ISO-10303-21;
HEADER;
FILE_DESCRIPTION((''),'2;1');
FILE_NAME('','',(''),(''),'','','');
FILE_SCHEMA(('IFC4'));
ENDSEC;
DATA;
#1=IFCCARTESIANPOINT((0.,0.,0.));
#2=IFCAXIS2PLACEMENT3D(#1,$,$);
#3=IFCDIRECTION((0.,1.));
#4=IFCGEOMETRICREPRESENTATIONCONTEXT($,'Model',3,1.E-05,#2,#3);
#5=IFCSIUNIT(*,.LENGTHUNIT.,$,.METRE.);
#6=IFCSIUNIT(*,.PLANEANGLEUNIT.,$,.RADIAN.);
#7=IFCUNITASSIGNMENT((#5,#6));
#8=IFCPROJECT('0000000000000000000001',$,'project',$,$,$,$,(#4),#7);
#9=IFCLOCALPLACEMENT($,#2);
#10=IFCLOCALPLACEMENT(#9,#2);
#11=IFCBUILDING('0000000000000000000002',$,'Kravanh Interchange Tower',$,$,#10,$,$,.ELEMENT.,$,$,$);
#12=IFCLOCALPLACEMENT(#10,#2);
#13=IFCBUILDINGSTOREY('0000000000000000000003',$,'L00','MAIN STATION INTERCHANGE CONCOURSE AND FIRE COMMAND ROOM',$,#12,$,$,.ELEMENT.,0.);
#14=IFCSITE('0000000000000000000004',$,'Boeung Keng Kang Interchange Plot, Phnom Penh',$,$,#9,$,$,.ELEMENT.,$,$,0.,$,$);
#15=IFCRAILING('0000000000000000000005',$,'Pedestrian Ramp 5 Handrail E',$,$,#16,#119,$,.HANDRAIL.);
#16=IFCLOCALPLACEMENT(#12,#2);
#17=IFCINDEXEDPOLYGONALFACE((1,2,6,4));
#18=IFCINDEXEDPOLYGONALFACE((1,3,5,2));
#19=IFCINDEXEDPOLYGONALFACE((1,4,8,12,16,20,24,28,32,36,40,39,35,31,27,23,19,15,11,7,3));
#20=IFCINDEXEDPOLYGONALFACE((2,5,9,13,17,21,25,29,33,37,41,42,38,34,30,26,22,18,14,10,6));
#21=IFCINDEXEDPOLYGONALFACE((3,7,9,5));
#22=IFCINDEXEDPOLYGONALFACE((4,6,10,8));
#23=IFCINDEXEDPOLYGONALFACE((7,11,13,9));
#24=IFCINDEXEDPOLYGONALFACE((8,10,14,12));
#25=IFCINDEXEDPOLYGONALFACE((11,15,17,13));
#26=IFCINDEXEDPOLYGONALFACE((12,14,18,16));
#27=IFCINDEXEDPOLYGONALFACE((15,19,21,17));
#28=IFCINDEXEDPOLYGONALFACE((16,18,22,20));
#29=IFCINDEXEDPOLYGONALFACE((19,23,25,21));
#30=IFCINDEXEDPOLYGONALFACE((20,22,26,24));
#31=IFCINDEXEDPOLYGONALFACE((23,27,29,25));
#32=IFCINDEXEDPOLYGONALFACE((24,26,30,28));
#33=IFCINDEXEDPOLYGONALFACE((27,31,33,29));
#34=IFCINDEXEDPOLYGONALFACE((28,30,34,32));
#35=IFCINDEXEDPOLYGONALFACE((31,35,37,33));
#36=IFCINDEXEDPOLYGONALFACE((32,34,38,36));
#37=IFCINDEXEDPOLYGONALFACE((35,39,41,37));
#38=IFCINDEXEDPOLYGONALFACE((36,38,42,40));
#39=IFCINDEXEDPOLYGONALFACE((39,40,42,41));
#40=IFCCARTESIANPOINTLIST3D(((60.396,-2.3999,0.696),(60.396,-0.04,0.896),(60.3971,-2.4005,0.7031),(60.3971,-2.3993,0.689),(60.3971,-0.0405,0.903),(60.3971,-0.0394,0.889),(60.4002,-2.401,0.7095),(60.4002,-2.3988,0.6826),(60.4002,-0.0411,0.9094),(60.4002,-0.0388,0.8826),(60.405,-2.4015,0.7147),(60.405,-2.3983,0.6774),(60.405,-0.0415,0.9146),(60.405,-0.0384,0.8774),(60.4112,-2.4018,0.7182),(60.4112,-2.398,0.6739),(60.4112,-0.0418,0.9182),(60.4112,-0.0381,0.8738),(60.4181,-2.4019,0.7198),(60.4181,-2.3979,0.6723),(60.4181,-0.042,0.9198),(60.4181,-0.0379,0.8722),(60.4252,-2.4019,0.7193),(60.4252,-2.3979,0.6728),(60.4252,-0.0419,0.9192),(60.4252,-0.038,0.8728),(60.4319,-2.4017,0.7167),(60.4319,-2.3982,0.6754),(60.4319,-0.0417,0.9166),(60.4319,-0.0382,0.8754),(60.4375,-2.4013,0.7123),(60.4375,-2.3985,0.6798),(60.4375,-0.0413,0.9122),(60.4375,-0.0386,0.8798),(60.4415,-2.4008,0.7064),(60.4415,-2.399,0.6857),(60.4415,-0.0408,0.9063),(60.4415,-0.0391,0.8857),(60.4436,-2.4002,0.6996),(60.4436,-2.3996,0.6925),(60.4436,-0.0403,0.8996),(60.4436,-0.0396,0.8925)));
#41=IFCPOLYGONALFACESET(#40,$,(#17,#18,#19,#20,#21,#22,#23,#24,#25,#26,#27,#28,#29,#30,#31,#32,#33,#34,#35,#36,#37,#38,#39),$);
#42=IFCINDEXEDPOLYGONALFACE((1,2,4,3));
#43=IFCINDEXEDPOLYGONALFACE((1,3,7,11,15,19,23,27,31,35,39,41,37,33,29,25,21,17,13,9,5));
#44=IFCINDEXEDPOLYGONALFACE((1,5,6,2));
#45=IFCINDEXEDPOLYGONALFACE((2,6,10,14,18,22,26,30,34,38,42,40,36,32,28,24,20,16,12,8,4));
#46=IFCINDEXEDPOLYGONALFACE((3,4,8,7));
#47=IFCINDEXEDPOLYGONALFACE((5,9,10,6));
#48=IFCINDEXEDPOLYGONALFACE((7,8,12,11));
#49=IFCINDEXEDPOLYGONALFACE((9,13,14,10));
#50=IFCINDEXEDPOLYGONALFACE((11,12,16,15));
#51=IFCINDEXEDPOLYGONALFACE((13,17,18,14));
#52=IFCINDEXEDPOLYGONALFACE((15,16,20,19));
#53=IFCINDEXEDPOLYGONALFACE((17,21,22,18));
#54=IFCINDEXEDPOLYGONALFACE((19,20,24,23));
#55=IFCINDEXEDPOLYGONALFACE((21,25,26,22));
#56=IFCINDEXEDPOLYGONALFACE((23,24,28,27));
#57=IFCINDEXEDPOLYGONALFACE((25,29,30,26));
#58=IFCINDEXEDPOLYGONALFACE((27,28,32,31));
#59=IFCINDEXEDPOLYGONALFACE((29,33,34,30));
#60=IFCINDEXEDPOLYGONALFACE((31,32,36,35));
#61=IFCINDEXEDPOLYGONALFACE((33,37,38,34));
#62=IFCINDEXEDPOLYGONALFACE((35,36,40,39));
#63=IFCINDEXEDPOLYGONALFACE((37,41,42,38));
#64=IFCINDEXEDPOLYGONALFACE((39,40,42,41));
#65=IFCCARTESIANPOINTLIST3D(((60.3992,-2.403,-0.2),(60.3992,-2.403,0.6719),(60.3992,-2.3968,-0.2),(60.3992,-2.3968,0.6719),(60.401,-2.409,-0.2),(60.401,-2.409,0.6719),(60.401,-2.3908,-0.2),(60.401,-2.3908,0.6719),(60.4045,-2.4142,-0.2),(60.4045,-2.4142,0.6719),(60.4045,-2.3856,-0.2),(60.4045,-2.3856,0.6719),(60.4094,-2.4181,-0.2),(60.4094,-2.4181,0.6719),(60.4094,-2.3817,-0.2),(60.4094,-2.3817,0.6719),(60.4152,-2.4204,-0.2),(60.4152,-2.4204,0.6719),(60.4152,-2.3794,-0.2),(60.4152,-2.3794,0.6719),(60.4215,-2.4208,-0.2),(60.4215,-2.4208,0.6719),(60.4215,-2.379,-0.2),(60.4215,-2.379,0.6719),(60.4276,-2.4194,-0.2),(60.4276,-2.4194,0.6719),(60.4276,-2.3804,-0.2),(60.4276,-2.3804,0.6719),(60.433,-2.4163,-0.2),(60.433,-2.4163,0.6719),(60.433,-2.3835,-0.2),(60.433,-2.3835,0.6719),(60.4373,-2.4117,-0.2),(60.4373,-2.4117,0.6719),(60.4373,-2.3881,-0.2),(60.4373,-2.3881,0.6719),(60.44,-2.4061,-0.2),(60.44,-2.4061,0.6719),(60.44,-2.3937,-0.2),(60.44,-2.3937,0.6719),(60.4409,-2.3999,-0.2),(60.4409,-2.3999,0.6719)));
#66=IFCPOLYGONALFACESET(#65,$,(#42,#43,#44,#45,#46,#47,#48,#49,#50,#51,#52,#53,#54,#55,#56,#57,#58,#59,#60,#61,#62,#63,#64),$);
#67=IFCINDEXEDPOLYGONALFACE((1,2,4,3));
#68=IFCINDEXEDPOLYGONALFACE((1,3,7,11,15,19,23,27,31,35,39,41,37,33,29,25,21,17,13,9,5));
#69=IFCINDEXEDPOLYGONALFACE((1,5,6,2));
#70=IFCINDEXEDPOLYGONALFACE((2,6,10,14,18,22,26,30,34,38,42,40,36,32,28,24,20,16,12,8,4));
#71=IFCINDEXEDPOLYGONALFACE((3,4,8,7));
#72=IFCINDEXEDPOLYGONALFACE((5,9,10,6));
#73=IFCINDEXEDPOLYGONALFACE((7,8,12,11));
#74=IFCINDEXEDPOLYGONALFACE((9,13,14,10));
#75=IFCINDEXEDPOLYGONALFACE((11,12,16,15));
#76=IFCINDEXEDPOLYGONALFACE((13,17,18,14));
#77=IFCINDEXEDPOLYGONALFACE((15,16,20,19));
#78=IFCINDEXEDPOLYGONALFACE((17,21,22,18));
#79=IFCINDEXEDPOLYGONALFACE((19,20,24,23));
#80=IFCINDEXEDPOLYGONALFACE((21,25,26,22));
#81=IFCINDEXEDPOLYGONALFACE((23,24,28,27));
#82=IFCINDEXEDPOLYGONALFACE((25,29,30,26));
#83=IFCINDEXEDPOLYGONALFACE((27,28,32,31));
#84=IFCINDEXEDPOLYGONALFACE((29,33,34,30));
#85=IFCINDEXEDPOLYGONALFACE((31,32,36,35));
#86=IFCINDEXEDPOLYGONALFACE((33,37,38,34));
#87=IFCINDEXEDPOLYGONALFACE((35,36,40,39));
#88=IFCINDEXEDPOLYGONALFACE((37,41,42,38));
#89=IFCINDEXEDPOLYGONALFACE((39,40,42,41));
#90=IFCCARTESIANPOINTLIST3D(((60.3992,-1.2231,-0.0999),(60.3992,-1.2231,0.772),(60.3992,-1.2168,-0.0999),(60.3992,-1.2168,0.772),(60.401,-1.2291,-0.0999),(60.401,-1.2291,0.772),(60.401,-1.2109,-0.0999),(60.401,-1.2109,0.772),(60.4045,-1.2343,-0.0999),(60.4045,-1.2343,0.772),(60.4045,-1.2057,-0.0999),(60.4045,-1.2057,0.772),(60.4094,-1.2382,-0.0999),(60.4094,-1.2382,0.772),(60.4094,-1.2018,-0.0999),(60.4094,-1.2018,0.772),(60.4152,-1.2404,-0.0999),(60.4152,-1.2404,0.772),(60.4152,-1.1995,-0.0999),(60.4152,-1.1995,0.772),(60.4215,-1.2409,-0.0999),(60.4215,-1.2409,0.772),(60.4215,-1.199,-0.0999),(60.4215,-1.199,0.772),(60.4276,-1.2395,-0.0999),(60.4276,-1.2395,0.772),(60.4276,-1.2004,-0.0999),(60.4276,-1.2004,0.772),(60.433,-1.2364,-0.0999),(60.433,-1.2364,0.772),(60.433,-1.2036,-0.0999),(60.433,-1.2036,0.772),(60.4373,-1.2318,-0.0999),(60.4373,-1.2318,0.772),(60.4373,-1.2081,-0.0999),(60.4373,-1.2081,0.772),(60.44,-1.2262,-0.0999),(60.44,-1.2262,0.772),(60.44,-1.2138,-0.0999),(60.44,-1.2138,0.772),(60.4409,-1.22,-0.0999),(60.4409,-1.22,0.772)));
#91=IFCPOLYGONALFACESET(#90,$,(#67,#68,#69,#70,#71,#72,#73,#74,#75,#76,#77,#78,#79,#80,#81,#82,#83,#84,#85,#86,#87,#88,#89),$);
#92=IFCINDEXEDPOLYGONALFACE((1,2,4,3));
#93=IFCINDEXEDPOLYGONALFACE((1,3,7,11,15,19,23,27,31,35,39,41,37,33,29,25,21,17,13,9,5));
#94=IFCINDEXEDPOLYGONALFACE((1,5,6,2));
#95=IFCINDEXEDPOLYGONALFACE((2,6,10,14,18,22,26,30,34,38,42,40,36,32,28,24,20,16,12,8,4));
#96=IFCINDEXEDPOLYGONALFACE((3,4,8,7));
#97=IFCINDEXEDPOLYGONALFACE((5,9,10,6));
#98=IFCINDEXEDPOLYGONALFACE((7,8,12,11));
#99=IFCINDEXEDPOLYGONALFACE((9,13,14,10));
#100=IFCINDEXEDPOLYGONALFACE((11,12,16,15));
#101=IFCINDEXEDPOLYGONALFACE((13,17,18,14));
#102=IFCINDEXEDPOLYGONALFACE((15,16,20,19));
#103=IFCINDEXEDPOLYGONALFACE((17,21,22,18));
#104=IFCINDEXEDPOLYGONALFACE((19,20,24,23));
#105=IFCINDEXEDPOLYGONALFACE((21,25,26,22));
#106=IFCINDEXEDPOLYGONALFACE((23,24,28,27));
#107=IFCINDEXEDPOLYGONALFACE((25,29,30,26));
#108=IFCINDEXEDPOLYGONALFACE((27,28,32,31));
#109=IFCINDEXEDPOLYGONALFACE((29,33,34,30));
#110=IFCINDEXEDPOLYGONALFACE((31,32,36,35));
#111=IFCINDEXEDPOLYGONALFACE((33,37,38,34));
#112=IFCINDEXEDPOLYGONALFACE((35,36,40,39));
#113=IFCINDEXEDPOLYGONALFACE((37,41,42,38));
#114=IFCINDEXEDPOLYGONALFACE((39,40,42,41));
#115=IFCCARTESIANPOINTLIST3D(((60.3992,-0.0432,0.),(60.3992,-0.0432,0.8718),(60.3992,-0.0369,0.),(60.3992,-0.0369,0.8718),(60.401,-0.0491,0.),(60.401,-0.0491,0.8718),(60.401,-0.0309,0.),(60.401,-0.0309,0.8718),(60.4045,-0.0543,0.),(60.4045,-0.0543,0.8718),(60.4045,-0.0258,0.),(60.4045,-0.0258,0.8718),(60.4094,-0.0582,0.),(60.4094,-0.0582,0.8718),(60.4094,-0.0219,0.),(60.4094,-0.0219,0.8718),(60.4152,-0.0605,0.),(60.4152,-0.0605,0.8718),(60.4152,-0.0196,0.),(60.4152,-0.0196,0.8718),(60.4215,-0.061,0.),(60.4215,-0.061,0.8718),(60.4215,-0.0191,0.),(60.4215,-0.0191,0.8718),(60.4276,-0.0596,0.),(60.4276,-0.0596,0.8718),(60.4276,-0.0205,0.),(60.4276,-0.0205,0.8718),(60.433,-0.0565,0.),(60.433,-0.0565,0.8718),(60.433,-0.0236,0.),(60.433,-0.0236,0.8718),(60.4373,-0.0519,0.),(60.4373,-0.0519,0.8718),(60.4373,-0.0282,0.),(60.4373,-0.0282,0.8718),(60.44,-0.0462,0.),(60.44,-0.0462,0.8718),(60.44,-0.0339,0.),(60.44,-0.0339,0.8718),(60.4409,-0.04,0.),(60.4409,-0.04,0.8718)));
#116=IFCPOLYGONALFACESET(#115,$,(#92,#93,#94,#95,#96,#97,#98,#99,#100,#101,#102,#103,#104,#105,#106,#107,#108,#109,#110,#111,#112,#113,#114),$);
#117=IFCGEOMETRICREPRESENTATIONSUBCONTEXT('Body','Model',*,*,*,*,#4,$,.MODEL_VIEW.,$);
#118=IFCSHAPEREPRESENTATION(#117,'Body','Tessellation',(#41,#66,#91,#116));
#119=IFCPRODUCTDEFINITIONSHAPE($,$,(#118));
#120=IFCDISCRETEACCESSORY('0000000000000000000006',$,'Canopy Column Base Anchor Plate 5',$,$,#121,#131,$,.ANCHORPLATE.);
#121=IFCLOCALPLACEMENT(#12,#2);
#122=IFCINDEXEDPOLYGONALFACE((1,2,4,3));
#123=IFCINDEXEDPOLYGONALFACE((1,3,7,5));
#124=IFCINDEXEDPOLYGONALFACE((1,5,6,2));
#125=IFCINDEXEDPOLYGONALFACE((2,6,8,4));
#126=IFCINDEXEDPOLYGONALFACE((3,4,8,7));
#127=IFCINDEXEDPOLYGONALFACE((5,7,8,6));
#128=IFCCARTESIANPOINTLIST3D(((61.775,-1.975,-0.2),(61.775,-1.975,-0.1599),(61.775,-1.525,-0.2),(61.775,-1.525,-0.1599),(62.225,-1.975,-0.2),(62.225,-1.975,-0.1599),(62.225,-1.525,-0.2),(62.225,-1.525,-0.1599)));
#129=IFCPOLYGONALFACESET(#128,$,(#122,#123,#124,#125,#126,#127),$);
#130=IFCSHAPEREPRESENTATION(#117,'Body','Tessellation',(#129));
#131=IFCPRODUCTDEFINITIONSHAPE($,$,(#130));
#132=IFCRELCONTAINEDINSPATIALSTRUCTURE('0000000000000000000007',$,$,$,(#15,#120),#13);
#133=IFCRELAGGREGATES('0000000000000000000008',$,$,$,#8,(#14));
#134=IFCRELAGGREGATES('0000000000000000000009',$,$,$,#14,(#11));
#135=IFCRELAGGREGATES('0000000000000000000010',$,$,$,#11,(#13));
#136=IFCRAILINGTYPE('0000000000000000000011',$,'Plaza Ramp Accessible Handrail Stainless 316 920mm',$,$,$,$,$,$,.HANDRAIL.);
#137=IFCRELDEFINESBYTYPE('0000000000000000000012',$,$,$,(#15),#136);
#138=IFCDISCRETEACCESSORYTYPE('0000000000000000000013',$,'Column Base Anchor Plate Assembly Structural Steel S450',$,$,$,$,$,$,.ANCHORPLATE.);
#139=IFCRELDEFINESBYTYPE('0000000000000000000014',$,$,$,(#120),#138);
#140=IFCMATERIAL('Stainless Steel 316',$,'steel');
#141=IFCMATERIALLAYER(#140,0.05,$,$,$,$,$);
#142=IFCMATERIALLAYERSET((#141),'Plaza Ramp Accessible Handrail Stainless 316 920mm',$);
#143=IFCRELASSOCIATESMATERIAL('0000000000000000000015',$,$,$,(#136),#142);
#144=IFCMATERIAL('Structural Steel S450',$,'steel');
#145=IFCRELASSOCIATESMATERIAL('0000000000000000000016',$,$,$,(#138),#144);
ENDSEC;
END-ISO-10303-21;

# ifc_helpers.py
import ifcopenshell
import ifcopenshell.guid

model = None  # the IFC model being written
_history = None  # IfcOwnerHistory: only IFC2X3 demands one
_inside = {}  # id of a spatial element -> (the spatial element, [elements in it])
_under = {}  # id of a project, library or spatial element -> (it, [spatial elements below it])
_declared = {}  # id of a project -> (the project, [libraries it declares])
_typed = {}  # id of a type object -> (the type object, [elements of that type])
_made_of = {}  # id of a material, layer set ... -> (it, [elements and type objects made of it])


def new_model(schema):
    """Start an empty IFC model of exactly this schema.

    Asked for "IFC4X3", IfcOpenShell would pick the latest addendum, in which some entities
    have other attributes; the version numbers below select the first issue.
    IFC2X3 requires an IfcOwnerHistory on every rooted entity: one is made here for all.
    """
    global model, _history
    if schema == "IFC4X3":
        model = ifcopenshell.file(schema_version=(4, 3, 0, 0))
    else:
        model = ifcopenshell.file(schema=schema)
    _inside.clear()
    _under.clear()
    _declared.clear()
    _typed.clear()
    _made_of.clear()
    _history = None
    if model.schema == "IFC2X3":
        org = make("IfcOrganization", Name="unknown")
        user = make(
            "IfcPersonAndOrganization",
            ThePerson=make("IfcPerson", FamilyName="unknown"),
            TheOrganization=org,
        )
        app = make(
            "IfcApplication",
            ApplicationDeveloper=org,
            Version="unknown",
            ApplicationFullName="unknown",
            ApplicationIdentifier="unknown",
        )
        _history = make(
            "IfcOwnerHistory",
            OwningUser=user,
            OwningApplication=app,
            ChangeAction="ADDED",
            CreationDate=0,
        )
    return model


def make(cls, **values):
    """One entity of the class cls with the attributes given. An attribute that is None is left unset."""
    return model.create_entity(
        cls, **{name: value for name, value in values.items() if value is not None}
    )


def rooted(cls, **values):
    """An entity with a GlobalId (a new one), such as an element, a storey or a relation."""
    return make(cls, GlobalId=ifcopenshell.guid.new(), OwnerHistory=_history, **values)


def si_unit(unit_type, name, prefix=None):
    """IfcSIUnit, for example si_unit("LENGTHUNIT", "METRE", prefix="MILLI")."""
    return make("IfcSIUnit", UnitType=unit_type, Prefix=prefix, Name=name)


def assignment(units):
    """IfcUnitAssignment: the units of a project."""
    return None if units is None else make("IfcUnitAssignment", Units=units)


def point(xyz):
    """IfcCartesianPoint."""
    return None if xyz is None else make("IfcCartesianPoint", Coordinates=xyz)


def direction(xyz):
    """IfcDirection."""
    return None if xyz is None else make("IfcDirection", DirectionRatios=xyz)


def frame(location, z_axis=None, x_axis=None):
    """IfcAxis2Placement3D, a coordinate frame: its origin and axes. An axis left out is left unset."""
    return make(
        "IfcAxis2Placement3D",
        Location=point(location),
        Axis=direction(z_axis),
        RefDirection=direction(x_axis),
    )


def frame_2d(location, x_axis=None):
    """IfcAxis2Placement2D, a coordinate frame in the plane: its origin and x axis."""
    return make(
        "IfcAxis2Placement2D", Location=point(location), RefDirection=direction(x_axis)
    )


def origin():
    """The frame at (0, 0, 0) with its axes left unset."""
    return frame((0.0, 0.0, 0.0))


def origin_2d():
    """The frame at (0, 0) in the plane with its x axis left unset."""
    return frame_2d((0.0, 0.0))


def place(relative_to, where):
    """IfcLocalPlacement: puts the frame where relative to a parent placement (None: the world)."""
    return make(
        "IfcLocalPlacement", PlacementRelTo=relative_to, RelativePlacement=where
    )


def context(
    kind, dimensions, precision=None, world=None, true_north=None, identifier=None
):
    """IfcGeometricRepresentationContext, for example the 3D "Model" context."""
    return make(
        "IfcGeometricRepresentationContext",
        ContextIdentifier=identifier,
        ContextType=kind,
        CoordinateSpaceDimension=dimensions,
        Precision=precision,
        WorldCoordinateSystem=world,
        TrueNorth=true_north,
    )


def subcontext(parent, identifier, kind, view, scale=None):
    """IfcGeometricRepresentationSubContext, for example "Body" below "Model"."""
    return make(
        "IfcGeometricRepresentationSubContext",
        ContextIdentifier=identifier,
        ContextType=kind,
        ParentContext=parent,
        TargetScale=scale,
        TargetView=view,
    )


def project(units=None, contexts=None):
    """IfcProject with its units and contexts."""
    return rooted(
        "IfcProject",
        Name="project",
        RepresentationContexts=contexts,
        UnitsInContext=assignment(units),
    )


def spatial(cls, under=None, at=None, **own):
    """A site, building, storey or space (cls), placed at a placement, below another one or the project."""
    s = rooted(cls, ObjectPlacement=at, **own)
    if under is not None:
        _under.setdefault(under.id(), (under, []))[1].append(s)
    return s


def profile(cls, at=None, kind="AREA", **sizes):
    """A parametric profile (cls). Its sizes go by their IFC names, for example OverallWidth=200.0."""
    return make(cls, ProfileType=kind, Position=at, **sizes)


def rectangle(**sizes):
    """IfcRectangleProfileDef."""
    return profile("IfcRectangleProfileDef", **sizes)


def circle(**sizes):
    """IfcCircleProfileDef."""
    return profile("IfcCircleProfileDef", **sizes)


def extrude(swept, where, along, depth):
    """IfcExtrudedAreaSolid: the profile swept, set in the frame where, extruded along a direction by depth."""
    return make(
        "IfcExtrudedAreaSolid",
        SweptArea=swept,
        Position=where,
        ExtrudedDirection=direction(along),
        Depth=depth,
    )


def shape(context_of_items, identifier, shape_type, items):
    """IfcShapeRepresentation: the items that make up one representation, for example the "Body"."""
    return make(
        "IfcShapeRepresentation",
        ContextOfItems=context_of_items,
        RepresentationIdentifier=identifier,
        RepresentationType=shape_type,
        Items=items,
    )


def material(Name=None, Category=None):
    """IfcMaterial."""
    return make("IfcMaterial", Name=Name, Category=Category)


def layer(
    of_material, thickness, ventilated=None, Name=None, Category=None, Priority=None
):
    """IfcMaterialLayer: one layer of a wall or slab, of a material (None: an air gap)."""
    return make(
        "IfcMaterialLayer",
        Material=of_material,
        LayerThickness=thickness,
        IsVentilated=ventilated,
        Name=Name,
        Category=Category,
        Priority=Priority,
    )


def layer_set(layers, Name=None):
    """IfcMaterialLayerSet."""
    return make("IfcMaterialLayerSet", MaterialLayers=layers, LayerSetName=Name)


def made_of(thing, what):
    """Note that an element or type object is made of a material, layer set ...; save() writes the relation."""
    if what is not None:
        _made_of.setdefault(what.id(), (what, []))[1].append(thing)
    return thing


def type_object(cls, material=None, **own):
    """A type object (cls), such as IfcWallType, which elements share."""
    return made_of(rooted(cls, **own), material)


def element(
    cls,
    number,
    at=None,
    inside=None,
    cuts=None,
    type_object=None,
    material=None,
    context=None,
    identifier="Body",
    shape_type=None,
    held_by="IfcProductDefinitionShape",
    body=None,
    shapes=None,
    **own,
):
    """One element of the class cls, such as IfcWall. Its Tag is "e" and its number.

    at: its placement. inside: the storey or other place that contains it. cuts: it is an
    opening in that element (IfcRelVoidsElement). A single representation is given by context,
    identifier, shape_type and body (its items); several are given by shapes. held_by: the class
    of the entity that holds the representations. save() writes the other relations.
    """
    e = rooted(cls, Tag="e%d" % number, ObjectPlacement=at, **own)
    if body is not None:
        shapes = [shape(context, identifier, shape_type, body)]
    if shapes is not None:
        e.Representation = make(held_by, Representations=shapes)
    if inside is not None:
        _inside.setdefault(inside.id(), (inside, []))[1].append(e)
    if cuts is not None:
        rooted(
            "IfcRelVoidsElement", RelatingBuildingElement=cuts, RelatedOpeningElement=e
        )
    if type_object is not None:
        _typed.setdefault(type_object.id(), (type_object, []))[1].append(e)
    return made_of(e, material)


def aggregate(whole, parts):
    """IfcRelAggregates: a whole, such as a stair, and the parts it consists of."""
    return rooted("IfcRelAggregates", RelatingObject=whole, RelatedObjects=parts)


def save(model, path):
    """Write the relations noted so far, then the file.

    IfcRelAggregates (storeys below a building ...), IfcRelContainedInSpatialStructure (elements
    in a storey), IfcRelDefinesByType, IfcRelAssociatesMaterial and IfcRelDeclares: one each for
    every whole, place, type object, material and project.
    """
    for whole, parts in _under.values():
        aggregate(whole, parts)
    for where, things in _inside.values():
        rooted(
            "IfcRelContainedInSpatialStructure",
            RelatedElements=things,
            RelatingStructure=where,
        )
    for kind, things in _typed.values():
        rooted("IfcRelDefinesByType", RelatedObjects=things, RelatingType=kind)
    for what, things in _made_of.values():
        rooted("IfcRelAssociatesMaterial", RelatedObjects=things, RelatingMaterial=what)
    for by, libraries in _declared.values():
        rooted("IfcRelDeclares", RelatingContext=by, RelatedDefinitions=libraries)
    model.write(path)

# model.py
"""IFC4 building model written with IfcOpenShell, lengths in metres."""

from ifc_helpers import new_model, si_unit, direction, frame, origin, origin_2d, place, context, subcontext, project, spatial, rectangle, circle, extrude, material, layer, layer_set, type_object, element, save


model = new_model("IFC4")

# Units and contexts
model_context = context("Model", 3, precision=1e-05, world=origin(), true_north=direction((0.0, 1.0)))
body_context = subcontext(model_context, "Body", "Model", "MODEL_VIEW")
ifc_project = project(units=[si_unit("LENGTHUNIT", "METRE"), si_unit("PLANEANGLEUNIT", "RADIAN")], contexts=[model_context])

# Site, building, storey
site_placement = place(None, origin())
site = spatial("IfcSite", under=ifc_project, at=site_placement, Name="Boeung Keng Kang Interchange Plot, Phnom Penh", CompositionType="ELEMENT", RefElevation=0.0)
building_placement = place(site_placement, origin())
building = spatial("IfcBuilding", under=site, at=building_placement, Name="Kravanh Interchange Tower", CompositionType="ELEMENT")
storey_placement = place(building_placement, origin())
storey = spatial("IfcBuildingStorey", under=building, at=storey_placement, Name="L00", Description="MAIN STATION INTERCHANGE CONCOURSE AND FIRE COMMAND ROOM", CompositionType="ELEMENT", Elevation=0.0)

# Railing
ifc_material_1 = material(Name="Stainless Steel 316", Category="steel")
ifc_layer_1 = layer(ifc_material_1, 0.05)
ifc_layer_set_1 = layer_set([ifc_layer_1], Name="Plaza Ramp Accessible Handrail Stainless 316 920mm")
railing_type = type_object("IfcRailingType", Name="Plaza Ramp Accessible Handrail Stainless 316 920mm", PredefinedType="HANDRAIL", material=ifc_layer_set_1)
for number, where, name in (
    (1, (60.4199, -2.3999, -0.2), "Pedestrian Ramp 5 Handrail E"),
):
    element("IfcRailing", number, at=place(storey_placement, frame(where)), inside=storey, type_object=railing_type, Name=name, PredefinedType="HANDRAIL", context=body_context, shape_type="SweptSolid", body=[
        extrude(circle(Radius=0.0239, at=origin_2d()), frame((0.0, 0.0, 0.896), z_axis=(0.0, 0.99643, 0.084427), x_axis=(-1.0, 0.0, 0.0)), (0.0, 0.0, 1.0), 2.3684),
        extrude(circle(Radius=0.021, at=origin_2d()), origin(), (0.0, 0.0, 1.0), 0.8718),
        extrude(circle(Radius=0.021, at=origin_2d()), frame((0.0, 1.1799, 0.1001)), (0.0, 0.0, 1.0), 0.8718),
        extrude(circle(Radius=0.021, at=origin_2d()), frame((0.0, 2.3599, 0.2)), (0.0, 0.0, 1.0), 0.8718),
    ])

# Discrete accessory
ifc_material_2 = material(Name="Structural Steel S450", Category="steel")
discrete_accessory_type = type_object("IfcDiscreteAccessoryType", Name="Column Base Anchor Plate Assembly Structural Steel S450", PredefinedType="ANCHORPLATE", material=ifc_material_2)
discrete_accessory_placement = place(storey_placement, frame((62.0, -1.75, -0.2), z_axis=(0.0, 0.0, 1.0), x_axis=(1.0, 0.0, 0.0)))
element("IfcDiscreteAccessory", 2, at=discrete_accessory_placement, inside=storey, type_object=discrete_accessory_type, Name="Canopy Column Base Anchor Plate 5", PredefinedType="ANCHORPLATE", context=body_context, shape_type="SweptSolid", body=[
    extrude(rectangle(XDim=0.45, YDim=0.45, at=origin_2d()), origin(), (0.0, 0.0, 1.0), 0.04),
])

save(model, "model.ifc")
